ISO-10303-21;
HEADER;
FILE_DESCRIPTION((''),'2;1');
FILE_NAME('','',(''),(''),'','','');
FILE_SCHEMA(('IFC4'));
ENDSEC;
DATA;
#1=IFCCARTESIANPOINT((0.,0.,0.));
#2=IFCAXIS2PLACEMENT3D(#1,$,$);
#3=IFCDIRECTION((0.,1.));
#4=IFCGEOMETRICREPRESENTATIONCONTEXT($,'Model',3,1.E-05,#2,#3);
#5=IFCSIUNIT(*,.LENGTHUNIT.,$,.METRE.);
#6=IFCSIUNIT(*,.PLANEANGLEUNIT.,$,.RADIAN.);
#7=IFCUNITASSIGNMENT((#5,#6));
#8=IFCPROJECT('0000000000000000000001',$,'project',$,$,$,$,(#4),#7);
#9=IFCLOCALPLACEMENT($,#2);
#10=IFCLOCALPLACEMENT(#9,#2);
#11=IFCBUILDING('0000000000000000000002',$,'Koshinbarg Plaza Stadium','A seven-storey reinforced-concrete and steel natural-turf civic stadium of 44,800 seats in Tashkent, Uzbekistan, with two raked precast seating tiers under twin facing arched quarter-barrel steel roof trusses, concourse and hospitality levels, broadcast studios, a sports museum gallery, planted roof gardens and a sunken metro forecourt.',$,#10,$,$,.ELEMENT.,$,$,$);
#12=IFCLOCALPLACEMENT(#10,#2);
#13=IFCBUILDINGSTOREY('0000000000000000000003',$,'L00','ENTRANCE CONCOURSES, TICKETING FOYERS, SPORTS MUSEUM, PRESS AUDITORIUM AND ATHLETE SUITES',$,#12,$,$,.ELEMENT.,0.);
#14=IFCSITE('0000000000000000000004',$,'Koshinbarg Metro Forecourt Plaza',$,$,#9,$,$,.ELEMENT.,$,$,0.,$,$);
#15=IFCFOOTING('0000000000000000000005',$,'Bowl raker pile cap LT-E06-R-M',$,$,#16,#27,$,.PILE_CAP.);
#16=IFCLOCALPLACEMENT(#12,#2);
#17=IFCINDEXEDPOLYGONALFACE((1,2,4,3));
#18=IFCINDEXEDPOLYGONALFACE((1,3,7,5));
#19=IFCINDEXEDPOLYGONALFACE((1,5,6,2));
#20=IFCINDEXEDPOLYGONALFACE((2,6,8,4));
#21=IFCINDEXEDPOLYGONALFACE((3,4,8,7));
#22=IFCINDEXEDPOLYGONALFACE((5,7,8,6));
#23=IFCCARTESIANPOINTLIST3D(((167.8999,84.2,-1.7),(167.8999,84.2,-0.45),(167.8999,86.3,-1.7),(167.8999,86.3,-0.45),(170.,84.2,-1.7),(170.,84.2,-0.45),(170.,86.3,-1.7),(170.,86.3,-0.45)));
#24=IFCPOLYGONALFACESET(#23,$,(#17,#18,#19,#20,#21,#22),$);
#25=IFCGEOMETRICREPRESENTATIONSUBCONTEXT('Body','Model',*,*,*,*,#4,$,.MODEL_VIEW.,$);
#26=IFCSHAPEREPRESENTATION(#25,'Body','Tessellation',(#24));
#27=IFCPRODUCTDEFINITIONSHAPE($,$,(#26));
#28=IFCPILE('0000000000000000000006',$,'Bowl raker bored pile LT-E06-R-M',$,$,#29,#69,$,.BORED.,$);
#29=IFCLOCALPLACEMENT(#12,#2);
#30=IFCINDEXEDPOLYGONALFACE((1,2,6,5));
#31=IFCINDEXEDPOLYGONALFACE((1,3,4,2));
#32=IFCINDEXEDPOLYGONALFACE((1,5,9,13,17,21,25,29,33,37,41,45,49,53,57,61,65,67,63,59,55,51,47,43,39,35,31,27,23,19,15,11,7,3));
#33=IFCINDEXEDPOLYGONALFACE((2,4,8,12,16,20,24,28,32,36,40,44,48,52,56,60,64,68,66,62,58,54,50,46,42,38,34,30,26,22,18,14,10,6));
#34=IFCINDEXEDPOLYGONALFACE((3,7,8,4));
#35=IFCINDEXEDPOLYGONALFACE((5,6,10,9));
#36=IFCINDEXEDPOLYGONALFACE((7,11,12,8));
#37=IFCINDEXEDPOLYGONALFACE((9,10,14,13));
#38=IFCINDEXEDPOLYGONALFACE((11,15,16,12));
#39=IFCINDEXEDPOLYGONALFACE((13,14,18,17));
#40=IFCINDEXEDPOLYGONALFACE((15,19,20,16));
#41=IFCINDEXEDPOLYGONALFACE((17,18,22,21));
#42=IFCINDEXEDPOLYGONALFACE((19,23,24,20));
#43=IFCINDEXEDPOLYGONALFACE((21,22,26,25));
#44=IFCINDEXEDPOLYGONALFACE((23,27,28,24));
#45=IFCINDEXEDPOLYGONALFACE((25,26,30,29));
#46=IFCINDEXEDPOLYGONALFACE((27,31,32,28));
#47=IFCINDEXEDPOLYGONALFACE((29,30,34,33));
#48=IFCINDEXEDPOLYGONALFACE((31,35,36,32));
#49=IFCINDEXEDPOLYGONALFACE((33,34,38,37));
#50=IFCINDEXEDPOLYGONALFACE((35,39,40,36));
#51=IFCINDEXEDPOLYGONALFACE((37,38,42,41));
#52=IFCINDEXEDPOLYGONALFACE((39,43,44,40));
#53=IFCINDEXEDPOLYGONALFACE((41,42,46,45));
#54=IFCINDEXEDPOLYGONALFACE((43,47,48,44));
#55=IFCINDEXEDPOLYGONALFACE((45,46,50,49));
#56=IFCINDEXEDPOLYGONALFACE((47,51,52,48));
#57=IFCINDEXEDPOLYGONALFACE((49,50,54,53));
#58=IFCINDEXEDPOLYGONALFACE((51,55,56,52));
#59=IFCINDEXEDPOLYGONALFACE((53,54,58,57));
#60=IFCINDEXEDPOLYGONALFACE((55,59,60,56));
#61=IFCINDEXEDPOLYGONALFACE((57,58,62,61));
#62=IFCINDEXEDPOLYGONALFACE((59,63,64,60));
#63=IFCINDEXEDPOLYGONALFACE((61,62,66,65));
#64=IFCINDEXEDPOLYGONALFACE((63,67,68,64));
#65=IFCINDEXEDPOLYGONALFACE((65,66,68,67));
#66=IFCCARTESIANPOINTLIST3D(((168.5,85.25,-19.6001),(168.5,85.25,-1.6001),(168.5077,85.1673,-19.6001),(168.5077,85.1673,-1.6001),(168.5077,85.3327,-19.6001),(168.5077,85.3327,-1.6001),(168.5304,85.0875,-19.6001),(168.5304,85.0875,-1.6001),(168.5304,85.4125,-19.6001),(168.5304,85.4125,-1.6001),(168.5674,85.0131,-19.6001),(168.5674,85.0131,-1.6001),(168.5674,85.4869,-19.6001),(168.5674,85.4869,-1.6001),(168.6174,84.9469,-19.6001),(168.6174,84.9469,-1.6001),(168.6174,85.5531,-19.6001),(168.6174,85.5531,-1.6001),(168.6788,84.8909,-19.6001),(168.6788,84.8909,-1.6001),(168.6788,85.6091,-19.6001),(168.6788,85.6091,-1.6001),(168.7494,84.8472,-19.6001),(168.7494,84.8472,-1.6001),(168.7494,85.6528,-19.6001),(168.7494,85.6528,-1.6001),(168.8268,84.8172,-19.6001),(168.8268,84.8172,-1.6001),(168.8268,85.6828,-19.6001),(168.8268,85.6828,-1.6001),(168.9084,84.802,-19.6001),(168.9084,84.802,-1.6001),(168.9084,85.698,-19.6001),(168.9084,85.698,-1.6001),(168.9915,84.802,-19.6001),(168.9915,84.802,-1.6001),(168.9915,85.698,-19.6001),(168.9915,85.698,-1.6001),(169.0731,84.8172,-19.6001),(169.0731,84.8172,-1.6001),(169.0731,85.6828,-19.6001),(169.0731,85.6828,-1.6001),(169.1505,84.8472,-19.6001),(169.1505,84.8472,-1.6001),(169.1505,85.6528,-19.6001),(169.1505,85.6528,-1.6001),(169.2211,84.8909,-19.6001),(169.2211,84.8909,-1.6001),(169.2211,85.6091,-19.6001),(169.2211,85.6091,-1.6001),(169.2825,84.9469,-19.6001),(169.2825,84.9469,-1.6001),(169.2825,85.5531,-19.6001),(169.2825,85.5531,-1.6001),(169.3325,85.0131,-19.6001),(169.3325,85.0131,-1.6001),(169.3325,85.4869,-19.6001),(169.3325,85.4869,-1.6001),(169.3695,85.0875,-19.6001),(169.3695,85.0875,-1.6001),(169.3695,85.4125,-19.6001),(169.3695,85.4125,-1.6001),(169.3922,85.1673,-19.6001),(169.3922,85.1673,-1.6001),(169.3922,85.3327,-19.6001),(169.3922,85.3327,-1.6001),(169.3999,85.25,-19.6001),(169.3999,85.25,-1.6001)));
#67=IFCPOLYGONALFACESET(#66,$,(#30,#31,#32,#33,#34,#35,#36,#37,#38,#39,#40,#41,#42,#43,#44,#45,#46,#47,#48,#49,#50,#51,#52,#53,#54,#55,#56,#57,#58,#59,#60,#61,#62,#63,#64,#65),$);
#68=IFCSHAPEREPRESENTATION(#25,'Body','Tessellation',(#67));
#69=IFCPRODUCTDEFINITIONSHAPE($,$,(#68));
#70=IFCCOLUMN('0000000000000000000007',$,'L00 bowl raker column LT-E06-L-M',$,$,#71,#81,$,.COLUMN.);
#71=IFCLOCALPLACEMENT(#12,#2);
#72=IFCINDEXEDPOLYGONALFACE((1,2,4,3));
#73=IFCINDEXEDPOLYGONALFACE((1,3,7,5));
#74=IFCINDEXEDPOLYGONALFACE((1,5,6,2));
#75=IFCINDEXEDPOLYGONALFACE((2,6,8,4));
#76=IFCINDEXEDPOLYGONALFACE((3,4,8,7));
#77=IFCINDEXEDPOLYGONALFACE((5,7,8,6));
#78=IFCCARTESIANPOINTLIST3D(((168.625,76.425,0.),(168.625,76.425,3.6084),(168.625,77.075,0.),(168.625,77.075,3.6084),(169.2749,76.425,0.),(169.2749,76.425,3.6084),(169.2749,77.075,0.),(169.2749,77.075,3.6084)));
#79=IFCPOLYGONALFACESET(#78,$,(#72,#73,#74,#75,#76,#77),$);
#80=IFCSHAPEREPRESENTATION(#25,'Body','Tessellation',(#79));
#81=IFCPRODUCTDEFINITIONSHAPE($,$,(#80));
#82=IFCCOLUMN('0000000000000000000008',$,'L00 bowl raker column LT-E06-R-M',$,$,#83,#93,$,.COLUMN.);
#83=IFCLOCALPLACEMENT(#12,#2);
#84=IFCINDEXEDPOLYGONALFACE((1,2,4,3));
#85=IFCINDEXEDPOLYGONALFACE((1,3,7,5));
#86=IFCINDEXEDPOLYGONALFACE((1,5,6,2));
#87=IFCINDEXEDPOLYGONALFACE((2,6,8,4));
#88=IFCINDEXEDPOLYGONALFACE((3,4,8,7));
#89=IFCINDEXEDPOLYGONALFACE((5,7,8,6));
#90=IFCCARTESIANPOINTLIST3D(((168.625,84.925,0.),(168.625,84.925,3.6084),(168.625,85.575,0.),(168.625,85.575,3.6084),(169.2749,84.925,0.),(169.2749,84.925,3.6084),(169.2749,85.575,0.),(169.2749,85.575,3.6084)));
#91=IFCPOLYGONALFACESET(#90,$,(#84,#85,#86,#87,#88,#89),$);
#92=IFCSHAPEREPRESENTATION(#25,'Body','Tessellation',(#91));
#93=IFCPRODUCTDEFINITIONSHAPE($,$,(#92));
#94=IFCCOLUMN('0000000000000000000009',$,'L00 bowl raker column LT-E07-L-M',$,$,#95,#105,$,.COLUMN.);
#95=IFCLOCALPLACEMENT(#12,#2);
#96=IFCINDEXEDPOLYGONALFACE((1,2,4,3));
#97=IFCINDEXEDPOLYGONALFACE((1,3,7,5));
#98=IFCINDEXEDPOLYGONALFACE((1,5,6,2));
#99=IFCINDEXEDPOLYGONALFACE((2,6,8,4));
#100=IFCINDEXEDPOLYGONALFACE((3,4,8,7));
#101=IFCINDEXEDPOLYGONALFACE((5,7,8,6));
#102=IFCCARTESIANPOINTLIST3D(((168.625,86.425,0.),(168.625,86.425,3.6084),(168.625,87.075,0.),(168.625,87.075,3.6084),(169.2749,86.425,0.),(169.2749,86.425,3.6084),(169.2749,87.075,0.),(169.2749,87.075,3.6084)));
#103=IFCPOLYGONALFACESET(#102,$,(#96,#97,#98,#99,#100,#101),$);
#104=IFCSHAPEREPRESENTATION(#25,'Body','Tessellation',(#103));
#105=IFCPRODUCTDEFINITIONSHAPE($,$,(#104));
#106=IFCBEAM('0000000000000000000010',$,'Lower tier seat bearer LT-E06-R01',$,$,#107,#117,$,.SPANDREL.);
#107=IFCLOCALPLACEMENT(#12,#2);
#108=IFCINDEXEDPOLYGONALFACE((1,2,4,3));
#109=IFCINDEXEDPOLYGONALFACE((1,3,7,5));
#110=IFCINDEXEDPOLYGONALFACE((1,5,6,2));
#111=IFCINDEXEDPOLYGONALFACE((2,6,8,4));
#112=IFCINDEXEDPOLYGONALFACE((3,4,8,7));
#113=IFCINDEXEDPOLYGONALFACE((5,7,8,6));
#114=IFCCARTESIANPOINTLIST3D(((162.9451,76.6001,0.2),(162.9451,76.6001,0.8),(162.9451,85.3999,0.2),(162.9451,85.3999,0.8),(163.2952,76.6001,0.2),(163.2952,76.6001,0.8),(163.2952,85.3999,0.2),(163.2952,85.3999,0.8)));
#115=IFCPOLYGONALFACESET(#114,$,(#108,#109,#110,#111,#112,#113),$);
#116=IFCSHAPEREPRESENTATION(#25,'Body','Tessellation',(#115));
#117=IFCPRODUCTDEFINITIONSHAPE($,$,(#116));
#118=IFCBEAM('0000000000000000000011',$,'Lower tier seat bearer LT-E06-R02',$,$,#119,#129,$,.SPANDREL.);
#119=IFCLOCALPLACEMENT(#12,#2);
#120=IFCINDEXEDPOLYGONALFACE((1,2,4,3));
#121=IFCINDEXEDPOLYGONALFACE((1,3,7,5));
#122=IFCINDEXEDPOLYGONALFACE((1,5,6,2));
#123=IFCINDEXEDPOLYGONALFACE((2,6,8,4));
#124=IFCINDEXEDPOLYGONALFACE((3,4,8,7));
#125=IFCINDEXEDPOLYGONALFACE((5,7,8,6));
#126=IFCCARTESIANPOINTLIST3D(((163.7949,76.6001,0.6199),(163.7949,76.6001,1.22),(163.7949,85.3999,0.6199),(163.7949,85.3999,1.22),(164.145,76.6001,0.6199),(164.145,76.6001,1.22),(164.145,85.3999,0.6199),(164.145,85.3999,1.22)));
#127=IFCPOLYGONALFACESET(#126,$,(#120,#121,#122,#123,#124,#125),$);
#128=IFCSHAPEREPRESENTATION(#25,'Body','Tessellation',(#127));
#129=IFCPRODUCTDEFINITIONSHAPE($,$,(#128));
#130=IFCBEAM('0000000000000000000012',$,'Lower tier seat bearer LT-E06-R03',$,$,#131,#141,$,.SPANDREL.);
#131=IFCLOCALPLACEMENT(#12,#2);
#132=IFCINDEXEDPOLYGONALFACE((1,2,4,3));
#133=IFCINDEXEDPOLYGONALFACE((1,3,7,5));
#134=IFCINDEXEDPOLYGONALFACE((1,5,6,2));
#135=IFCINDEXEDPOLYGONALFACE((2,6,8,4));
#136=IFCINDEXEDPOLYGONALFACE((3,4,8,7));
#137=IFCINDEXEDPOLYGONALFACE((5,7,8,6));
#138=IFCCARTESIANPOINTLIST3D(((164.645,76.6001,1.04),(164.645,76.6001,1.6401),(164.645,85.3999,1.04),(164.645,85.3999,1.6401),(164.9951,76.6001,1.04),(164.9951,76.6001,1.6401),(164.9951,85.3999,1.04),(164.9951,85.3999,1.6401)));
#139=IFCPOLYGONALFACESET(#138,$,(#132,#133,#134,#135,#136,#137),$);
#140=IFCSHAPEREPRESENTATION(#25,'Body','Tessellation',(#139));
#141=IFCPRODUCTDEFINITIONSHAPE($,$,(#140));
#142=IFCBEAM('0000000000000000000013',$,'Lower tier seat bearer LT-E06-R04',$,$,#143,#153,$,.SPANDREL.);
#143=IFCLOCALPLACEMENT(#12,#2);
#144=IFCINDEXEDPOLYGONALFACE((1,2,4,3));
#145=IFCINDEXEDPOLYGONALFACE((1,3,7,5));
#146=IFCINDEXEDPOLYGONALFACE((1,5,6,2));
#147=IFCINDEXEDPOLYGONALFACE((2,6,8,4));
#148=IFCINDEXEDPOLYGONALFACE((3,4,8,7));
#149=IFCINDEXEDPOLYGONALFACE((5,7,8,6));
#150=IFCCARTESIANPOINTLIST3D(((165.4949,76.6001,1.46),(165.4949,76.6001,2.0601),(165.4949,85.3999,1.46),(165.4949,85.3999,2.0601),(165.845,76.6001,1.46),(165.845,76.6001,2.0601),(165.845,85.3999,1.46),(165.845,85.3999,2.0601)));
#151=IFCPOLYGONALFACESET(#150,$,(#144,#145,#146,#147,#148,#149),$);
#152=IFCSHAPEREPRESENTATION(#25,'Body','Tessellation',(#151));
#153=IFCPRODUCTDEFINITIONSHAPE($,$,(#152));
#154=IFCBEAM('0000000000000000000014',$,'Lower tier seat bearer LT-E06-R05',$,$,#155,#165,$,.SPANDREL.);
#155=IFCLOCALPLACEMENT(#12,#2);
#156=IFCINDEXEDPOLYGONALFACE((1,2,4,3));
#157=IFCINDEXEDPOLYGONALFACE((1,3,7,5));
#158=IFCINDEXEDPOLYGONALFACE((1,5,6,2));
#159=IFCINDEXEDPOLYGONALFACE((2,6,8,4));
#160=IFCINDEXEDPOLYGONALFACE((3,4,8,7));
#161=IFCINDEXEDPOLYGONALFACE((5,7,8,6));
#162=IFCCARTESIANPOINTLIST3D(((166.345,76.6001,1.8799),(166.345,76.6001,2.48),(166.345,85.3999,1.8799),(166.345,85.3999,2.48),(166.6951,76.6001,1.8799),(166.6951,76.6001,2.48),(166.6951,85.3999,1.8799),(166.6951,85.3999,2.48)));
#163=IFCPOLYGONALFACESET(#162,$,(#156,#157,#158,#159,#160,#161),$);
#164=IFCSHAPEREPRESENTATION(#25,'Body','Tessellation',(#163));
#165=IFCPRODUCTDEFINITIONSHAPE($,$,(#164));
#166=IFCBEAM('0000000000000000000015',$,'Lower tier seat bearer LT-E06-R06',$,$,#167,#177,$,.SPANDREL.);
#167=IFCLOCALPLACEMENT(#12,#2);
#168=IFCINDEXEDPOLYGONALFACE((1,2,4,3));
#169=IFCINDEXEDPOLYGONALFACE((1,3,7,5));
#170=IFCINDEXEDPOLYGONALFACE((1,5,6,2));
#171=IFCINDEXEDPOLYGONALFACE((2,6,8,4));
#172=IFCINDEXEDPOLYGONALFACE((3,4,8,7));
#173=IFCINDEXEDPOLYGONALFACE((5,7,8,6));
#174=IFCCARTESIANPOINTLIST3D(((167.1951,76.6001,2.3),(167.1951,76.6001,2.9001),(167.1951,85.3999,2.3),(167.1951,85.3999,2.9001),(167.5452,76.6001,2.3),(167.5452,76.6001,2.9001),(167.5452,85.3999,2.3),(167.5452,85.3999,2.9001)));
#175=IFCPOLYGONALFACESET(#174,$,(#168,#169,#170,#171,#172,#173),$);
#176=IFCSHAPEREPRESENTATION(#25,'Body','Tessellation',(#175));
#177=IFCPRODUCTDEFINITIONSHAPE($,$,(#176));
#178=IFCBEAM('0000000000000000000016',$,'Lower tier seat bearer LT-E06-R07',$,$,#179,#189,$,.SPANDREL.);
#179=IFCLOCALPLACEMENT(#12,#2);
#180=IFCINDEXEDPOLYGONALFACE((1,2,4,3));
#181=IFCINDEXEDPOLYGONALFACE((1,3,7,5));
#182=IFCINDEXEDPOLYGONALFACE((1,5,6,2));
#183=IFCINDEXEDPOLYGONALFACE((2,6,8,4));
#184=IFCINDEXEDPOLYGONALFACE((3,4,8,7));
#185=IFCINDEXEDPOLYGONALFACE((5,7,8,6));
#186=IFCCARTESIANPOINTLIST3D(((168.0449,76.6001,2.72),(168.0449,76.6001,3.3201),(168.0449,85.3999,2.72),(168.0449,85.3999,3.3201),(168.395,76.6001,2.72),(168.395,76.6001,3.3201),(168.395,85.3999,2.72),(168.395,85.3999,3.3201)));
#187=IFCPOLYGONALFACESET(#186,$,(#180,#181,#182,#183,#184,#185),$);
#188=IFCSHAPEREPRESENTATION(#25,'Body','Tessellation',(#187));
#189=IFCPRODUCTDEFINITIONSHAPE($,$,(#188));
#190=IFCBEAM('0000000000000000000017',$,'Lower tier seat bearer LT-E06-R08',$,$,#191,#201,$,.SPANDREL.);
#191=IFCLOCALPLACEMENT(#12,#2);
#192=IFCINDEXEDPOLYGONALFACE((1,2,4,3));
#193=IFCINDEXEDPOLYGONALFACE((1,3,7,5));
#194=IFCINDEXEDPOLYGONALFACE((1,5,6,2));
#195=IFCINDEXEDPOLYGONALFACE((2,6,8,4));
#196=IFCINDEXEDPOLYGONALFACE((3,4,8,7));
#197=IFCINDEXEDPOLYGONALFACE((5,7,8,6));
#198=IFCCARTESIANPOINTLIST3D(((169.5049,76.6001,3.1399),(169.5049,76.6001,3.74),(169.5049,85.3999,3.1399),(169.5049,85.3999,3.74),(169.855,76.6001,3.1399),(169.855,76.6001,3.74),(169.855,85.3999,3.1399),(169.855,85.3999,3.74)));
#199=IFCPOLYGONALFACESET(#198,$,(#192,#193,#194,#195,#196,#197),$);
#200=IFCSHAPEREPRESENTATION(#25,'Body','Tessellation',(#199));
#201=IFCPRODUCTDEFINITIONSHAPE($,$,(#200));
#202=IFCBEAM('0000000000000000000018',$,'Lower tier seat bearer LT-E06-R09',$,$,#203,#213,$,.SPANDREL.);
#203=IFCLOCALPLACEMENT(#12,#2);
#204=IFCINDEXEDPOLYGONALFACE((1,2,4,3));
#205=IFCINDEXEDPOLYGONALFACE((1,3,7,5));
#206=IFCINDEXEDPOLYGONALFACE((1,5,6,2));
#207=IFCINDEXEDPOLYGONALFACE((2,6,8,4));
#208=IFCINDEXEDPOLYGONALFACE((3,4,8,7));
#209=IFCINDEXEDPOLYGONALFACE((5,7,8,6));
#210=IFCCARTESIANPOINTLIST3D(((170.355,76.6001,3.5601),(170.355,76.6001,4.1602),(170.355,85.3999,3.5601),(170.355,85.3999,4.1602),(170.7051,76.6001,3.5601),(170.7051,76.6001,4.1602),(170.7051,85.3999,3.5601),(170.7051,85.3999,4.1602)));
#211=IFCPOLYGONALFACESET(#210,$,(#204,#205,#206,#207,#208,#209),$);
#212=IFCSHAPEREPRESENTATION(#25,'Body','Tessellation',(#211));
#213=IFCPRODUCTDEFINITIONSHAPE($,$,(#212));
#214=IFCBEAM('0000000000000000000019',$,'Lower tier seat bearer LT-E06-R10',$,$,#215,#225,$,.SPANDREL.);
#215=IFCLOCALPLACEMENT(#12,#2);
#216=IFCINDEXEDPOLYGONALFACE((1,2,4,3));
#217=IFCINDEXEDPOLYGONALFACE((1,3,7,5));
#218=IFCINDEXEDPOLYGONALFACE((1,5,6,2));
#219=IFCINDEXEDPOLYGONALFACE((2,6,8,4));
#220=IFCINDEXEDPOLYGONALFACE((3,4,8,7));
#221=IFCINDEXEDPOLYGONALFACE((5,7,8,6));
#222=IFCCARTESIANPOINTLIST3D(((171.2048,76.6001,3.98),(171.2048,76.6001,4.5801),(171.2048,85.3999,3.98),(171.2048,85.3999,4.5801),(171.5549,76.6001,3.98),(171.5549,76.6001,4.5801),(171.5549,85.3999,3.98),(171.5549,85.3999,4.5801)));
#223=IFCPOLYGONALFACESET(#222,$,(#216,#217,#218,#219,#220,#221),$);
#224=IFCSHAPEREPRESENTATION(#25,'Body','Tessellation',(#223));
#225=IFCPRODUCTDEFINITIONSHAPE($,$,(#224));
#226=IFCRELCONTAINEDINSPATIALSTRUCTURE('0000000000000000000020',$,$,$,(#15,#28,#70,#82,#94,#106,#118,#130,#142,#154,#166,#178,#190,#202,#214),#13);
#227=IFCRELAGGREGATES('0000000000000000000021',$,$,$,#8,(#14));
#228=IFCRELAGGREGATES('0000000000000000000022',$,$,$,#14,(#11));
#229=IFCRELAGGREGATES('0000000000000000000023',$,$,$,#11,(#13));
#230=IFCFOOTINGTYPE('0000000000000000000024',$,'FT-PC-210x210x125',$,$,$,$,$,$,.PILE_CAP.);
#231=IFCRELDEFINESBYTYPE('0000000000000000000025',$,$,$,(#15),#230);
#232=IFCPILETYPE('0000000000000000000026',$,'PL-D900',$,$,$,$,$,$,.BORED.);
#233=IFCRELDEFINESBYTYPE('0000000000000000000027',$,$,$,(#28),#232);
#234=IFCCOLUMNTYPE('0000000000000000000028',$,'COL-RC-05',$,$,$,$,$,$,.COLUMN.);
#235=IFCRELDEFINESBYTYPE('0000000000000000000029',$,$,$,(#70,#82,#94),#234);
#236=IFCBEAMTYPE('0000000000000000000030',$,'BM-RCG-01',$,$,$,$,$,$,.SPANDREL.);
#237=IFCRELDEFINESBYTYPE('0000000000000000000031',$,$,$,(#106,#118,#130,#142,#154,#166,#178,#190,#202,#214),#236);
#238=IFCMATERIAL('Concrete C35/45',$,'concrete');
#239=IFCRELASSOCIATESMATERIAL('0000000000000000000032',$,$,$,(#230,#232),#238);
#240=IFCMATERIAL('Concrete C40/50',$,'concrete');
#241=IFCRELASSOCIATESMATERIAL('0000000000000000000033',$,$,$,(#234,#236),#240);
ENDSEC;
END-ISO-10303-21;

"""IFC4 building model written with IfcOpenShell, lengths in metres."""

from ifc_helpers import new_model, si_unit, direction, frame, origin, origin_2d, place, context, subcontext, project, spatial, rectangle, circle, extrude, material, material_profile, profile_set, type_object, element, save


model = new_model("IFC4")

# Units and contexts
model_context = context("Model", 3, precision=1e-05, world=origin(), true_north=direction((0.0, 1.0)))
body_context = subcontext(model_context, "Body", "Model", "MODEL_VIEW")
ifc_project = project(units=[si_unit("LENGTHUNIT", "METRE"), si_unit("PLANEANGLEUNIT", "RADIAN")], contexts=[model_context])

# Site, building, storey
site_placement = place(None, origin())
site = spatial("IfcSite", under=ifc_project, at=site_placement, Name="Koshinbarg Metro Forecourt Plaza", CompositionType="ELEMENT", RefElevation=0.0)
building_placement = place(site_placement, origin())
building = spatial("IfcBuilding", under=site, at=building_placement, Name="Koshinbarg Plaza Stadium", Description="A seven-storey reinforced-concrete and steel natural-turf civic stadium of 44,800 seats in Tashkent, Uzbekistan, with two raked precast seating tiers under twin facing arched quarter-barrel steel roof trusses, concourse and hospitality levels, broadcast studios, a sports museum gallery, planted roof gardens and a sunken metro forecourt.", CompositionType="ELEMENT")
storey_placement = place(building_placement, origin())
storey = spatial("IfcBuildingStorey", under=building, at=storey_placement, Name="L00", Description="ENTRANCE CONCOURSES, TICKETING FOYERS, SPORTS MUSEUM, PRESS AUDITORIUM AND ATHLETE SUITES", CompositionType="ELEMENT", Elevation=0.0)

# Footing
ifc_material_1 = material(Name="Concrete C35/45", Category="concrete")
footing_type = type_object("IfcFootingType", Name="FT-PC-210x210x125", PredefinedType="PILE_CAP", material=ifc_material_1)
footing_placement = place(storey_placement, frame((168.95, 85.25, -1.7), z_axis=(0.0, 0.0, 1.0), x_axis=(1.0, 0.0, 0.0)))
element("IfcFooting", 1, at=footing_placement, inside=storey, type_object=footing_type, Name="Bowl raker pile cap LT-E06-R-M", PredefinedType="PILE_CAP", context=body_context, shape_type="SweptSolid", body=[
    extrude(rectangle(XDim=2.1001, YDim=2.1001, at=origin_2d()), origin(), (0.0, 0.0, 1.0), 1.25),
])

# Pile
ifc_material_profile_1 = material_profile(ifc_material_1, circle(Radius=0.45, at=origin_2d()), Name="PILE D900")
ifc_profile_set_1 = profile_set([ifc_material_profile_1], Name="Concrete C35/45")
pile_type = type_object("IfcPileType", Name="PL-D900", PredefinedType="BORED", material=ifc_profile_set_1)
pile_placement = place(storey_placement, frame((168.95, 85.25, -1.6001), z_axis=(0.0, 0.0, -1.0), x_axis=(1.0, 0.0, 0.0)))
element("IfcPile", 2, at=pile_placement, inside=storey, type_object=pile_type, Name="Bowl raker bored pile LT-E06-R-M", PredefinedType="BORED", context=body_context, shape_type="SweptSolid", body=[
    extrude(circle(Radius=0.45, at=origin_2d()), origin(), (0.0, 0.0, 1.0), 18.0),
])

# Columns
ifc_material_2 = material(Name="Concrete C40/50", Category="concrete")
ifc_material_profile_2 = material_profile(ifc_material_2, rectangle(XDim=0.6499, YDim=0.6499, at=origin_2d()), Name="RC 650x650")
ifc_profile_set_2 = profile_set([ifc_material_profile_2], Name="Concrete C40/50")
column_type = type_object("IfcColumnType", Name="COL-RC-05", PredefinedType="COLUMN", material=ifc_profile_set_2)
for number, where, z_axis, x_axis, name in (
    (3, (168.95, 76.75, 0.0), (0.0, 0.0, 1.0), (1.0, 0.0, 0.0), "L00 bowl raker column LT-E06-L-M"),
    (4, (168.95, 85.25, 0.0), (0.0, 0.0, 1.0), (1.0, 0.0, 0.0), "L00 bowl raker column LT-E06-R-M"),
    (5, (168.95, 86.75, 0.0), (0.0, 0.0, 1.0), (1.0, 0.0, 0.0), "L00 bowl raker column LT-E07-L-M"),
):
    element("IfcColumn", number, at=place(storey_placement, frame(where, z_axis=z_axis, x_axis=x_axis)), inside=storey, type_object=column_type, Name=name, PredefinedType="COLUMN", context=body_context, shape_type="SweptSolid", body=[
        extrude(rectangle(XDim=0.6499, YDim=0.6499, at=origin_2d()), origin(), (0.0, 0.0, 1.0), 3.6084),
    ])

# Beams
ifc_material_profile_3 = material_profile(ifc_material_2, rectangle(XDim=0.3501, YDim=0.6001, at=origin_2d()), Name="RC 350x600")
ifc_profile_set_3 = profile_set([ifc_material_profile_3], Name="Concrete C40/50")
beam_type = type_object("IfcBeamType", Name="BM-RCG-01", PredefinedType="SPANDREL", material=ifc_profile_set_3)
for number, where, z_axis, x_axis, name in (
    (6, (163.1201, 76.6001, 0.5), (0.0, 1.0, 0.0), (-1.0, 0.0, 0.0), "Lower tier seat bearer LT-E06-R01"),
    (7, (163.97, 76.6001, 0.9199), (0.0, 1.0, 0.0), (-1.0, 0.0, 0.0), "Lower tier seat bearer LT-E06-R02"),
    (8, (164.8201, 76.6001, 1.3401), (0.0, 1.0, 0.0), (-1.0, 0.0, 0.0), "Lower tier seat bearer LT-E06-R03"),
    (9, (165.6699, 76.6001, 1.76), (0.0, 1.0, 0.0), (-1.0, 0.0, 0.0), "Lower tier seat bearer LT-E06-R04"),
    (10, (166.52, 76.6001, 2.1799), (0.0, 1.0, 0.0), (-1.0, 0.0, 0.0), "Lower tier seat bearer LT-E06-R05"),
    (11, (167.3701, 76.6001, 2.6001), (0.0, 1.0, 0.0), (-1.0, 0.0, 0.0), "Lower tier seat bearer LT-E06-R06"),
    (12, (168.22, 76.6001, 3.02), (0.0, 1.0, 0.0), (-1.0, 0.0, 0.0), "Lower tier seat bearer LT-E06-R07"),
    (13, (169.6799, 76.6001, 3.4399), (0.0, 1.0, 0.0), (-1.0, 0.0, 0.0), "Lower tier seat bearer LT-E06-R08"),
    (14, (170.53, 76.6001, 3.8601), (0.0, 1.0, 0.0), (-1.0, 0.0, 0.0), "Lower tier seat bearer LT-E06-R09"),
    (15, (171.3799, 76.6001, 4.28), (0.0, 1.0, 0.0), (-1.0, 0.0, 0.0), "Lower tier seat bearer LT-E06-R10"),
):
    element("IfcBeam", number, at=place(storey_placement, frame(where, z_axis=z_axis, x_axis=x_axis)), inside=storey, type_object=beam_type, Name=name, PredefinedType="SPANDREL", context=body_context, shape_type="SweptSolid", body=[
        extrude(rectangle(XDim=0.3501, YDim=0.6001, at=origin_2d()), origin(), (0.0, 0.0, 1.0), 8.7998),
    ])

save(model, "model.ifc")
